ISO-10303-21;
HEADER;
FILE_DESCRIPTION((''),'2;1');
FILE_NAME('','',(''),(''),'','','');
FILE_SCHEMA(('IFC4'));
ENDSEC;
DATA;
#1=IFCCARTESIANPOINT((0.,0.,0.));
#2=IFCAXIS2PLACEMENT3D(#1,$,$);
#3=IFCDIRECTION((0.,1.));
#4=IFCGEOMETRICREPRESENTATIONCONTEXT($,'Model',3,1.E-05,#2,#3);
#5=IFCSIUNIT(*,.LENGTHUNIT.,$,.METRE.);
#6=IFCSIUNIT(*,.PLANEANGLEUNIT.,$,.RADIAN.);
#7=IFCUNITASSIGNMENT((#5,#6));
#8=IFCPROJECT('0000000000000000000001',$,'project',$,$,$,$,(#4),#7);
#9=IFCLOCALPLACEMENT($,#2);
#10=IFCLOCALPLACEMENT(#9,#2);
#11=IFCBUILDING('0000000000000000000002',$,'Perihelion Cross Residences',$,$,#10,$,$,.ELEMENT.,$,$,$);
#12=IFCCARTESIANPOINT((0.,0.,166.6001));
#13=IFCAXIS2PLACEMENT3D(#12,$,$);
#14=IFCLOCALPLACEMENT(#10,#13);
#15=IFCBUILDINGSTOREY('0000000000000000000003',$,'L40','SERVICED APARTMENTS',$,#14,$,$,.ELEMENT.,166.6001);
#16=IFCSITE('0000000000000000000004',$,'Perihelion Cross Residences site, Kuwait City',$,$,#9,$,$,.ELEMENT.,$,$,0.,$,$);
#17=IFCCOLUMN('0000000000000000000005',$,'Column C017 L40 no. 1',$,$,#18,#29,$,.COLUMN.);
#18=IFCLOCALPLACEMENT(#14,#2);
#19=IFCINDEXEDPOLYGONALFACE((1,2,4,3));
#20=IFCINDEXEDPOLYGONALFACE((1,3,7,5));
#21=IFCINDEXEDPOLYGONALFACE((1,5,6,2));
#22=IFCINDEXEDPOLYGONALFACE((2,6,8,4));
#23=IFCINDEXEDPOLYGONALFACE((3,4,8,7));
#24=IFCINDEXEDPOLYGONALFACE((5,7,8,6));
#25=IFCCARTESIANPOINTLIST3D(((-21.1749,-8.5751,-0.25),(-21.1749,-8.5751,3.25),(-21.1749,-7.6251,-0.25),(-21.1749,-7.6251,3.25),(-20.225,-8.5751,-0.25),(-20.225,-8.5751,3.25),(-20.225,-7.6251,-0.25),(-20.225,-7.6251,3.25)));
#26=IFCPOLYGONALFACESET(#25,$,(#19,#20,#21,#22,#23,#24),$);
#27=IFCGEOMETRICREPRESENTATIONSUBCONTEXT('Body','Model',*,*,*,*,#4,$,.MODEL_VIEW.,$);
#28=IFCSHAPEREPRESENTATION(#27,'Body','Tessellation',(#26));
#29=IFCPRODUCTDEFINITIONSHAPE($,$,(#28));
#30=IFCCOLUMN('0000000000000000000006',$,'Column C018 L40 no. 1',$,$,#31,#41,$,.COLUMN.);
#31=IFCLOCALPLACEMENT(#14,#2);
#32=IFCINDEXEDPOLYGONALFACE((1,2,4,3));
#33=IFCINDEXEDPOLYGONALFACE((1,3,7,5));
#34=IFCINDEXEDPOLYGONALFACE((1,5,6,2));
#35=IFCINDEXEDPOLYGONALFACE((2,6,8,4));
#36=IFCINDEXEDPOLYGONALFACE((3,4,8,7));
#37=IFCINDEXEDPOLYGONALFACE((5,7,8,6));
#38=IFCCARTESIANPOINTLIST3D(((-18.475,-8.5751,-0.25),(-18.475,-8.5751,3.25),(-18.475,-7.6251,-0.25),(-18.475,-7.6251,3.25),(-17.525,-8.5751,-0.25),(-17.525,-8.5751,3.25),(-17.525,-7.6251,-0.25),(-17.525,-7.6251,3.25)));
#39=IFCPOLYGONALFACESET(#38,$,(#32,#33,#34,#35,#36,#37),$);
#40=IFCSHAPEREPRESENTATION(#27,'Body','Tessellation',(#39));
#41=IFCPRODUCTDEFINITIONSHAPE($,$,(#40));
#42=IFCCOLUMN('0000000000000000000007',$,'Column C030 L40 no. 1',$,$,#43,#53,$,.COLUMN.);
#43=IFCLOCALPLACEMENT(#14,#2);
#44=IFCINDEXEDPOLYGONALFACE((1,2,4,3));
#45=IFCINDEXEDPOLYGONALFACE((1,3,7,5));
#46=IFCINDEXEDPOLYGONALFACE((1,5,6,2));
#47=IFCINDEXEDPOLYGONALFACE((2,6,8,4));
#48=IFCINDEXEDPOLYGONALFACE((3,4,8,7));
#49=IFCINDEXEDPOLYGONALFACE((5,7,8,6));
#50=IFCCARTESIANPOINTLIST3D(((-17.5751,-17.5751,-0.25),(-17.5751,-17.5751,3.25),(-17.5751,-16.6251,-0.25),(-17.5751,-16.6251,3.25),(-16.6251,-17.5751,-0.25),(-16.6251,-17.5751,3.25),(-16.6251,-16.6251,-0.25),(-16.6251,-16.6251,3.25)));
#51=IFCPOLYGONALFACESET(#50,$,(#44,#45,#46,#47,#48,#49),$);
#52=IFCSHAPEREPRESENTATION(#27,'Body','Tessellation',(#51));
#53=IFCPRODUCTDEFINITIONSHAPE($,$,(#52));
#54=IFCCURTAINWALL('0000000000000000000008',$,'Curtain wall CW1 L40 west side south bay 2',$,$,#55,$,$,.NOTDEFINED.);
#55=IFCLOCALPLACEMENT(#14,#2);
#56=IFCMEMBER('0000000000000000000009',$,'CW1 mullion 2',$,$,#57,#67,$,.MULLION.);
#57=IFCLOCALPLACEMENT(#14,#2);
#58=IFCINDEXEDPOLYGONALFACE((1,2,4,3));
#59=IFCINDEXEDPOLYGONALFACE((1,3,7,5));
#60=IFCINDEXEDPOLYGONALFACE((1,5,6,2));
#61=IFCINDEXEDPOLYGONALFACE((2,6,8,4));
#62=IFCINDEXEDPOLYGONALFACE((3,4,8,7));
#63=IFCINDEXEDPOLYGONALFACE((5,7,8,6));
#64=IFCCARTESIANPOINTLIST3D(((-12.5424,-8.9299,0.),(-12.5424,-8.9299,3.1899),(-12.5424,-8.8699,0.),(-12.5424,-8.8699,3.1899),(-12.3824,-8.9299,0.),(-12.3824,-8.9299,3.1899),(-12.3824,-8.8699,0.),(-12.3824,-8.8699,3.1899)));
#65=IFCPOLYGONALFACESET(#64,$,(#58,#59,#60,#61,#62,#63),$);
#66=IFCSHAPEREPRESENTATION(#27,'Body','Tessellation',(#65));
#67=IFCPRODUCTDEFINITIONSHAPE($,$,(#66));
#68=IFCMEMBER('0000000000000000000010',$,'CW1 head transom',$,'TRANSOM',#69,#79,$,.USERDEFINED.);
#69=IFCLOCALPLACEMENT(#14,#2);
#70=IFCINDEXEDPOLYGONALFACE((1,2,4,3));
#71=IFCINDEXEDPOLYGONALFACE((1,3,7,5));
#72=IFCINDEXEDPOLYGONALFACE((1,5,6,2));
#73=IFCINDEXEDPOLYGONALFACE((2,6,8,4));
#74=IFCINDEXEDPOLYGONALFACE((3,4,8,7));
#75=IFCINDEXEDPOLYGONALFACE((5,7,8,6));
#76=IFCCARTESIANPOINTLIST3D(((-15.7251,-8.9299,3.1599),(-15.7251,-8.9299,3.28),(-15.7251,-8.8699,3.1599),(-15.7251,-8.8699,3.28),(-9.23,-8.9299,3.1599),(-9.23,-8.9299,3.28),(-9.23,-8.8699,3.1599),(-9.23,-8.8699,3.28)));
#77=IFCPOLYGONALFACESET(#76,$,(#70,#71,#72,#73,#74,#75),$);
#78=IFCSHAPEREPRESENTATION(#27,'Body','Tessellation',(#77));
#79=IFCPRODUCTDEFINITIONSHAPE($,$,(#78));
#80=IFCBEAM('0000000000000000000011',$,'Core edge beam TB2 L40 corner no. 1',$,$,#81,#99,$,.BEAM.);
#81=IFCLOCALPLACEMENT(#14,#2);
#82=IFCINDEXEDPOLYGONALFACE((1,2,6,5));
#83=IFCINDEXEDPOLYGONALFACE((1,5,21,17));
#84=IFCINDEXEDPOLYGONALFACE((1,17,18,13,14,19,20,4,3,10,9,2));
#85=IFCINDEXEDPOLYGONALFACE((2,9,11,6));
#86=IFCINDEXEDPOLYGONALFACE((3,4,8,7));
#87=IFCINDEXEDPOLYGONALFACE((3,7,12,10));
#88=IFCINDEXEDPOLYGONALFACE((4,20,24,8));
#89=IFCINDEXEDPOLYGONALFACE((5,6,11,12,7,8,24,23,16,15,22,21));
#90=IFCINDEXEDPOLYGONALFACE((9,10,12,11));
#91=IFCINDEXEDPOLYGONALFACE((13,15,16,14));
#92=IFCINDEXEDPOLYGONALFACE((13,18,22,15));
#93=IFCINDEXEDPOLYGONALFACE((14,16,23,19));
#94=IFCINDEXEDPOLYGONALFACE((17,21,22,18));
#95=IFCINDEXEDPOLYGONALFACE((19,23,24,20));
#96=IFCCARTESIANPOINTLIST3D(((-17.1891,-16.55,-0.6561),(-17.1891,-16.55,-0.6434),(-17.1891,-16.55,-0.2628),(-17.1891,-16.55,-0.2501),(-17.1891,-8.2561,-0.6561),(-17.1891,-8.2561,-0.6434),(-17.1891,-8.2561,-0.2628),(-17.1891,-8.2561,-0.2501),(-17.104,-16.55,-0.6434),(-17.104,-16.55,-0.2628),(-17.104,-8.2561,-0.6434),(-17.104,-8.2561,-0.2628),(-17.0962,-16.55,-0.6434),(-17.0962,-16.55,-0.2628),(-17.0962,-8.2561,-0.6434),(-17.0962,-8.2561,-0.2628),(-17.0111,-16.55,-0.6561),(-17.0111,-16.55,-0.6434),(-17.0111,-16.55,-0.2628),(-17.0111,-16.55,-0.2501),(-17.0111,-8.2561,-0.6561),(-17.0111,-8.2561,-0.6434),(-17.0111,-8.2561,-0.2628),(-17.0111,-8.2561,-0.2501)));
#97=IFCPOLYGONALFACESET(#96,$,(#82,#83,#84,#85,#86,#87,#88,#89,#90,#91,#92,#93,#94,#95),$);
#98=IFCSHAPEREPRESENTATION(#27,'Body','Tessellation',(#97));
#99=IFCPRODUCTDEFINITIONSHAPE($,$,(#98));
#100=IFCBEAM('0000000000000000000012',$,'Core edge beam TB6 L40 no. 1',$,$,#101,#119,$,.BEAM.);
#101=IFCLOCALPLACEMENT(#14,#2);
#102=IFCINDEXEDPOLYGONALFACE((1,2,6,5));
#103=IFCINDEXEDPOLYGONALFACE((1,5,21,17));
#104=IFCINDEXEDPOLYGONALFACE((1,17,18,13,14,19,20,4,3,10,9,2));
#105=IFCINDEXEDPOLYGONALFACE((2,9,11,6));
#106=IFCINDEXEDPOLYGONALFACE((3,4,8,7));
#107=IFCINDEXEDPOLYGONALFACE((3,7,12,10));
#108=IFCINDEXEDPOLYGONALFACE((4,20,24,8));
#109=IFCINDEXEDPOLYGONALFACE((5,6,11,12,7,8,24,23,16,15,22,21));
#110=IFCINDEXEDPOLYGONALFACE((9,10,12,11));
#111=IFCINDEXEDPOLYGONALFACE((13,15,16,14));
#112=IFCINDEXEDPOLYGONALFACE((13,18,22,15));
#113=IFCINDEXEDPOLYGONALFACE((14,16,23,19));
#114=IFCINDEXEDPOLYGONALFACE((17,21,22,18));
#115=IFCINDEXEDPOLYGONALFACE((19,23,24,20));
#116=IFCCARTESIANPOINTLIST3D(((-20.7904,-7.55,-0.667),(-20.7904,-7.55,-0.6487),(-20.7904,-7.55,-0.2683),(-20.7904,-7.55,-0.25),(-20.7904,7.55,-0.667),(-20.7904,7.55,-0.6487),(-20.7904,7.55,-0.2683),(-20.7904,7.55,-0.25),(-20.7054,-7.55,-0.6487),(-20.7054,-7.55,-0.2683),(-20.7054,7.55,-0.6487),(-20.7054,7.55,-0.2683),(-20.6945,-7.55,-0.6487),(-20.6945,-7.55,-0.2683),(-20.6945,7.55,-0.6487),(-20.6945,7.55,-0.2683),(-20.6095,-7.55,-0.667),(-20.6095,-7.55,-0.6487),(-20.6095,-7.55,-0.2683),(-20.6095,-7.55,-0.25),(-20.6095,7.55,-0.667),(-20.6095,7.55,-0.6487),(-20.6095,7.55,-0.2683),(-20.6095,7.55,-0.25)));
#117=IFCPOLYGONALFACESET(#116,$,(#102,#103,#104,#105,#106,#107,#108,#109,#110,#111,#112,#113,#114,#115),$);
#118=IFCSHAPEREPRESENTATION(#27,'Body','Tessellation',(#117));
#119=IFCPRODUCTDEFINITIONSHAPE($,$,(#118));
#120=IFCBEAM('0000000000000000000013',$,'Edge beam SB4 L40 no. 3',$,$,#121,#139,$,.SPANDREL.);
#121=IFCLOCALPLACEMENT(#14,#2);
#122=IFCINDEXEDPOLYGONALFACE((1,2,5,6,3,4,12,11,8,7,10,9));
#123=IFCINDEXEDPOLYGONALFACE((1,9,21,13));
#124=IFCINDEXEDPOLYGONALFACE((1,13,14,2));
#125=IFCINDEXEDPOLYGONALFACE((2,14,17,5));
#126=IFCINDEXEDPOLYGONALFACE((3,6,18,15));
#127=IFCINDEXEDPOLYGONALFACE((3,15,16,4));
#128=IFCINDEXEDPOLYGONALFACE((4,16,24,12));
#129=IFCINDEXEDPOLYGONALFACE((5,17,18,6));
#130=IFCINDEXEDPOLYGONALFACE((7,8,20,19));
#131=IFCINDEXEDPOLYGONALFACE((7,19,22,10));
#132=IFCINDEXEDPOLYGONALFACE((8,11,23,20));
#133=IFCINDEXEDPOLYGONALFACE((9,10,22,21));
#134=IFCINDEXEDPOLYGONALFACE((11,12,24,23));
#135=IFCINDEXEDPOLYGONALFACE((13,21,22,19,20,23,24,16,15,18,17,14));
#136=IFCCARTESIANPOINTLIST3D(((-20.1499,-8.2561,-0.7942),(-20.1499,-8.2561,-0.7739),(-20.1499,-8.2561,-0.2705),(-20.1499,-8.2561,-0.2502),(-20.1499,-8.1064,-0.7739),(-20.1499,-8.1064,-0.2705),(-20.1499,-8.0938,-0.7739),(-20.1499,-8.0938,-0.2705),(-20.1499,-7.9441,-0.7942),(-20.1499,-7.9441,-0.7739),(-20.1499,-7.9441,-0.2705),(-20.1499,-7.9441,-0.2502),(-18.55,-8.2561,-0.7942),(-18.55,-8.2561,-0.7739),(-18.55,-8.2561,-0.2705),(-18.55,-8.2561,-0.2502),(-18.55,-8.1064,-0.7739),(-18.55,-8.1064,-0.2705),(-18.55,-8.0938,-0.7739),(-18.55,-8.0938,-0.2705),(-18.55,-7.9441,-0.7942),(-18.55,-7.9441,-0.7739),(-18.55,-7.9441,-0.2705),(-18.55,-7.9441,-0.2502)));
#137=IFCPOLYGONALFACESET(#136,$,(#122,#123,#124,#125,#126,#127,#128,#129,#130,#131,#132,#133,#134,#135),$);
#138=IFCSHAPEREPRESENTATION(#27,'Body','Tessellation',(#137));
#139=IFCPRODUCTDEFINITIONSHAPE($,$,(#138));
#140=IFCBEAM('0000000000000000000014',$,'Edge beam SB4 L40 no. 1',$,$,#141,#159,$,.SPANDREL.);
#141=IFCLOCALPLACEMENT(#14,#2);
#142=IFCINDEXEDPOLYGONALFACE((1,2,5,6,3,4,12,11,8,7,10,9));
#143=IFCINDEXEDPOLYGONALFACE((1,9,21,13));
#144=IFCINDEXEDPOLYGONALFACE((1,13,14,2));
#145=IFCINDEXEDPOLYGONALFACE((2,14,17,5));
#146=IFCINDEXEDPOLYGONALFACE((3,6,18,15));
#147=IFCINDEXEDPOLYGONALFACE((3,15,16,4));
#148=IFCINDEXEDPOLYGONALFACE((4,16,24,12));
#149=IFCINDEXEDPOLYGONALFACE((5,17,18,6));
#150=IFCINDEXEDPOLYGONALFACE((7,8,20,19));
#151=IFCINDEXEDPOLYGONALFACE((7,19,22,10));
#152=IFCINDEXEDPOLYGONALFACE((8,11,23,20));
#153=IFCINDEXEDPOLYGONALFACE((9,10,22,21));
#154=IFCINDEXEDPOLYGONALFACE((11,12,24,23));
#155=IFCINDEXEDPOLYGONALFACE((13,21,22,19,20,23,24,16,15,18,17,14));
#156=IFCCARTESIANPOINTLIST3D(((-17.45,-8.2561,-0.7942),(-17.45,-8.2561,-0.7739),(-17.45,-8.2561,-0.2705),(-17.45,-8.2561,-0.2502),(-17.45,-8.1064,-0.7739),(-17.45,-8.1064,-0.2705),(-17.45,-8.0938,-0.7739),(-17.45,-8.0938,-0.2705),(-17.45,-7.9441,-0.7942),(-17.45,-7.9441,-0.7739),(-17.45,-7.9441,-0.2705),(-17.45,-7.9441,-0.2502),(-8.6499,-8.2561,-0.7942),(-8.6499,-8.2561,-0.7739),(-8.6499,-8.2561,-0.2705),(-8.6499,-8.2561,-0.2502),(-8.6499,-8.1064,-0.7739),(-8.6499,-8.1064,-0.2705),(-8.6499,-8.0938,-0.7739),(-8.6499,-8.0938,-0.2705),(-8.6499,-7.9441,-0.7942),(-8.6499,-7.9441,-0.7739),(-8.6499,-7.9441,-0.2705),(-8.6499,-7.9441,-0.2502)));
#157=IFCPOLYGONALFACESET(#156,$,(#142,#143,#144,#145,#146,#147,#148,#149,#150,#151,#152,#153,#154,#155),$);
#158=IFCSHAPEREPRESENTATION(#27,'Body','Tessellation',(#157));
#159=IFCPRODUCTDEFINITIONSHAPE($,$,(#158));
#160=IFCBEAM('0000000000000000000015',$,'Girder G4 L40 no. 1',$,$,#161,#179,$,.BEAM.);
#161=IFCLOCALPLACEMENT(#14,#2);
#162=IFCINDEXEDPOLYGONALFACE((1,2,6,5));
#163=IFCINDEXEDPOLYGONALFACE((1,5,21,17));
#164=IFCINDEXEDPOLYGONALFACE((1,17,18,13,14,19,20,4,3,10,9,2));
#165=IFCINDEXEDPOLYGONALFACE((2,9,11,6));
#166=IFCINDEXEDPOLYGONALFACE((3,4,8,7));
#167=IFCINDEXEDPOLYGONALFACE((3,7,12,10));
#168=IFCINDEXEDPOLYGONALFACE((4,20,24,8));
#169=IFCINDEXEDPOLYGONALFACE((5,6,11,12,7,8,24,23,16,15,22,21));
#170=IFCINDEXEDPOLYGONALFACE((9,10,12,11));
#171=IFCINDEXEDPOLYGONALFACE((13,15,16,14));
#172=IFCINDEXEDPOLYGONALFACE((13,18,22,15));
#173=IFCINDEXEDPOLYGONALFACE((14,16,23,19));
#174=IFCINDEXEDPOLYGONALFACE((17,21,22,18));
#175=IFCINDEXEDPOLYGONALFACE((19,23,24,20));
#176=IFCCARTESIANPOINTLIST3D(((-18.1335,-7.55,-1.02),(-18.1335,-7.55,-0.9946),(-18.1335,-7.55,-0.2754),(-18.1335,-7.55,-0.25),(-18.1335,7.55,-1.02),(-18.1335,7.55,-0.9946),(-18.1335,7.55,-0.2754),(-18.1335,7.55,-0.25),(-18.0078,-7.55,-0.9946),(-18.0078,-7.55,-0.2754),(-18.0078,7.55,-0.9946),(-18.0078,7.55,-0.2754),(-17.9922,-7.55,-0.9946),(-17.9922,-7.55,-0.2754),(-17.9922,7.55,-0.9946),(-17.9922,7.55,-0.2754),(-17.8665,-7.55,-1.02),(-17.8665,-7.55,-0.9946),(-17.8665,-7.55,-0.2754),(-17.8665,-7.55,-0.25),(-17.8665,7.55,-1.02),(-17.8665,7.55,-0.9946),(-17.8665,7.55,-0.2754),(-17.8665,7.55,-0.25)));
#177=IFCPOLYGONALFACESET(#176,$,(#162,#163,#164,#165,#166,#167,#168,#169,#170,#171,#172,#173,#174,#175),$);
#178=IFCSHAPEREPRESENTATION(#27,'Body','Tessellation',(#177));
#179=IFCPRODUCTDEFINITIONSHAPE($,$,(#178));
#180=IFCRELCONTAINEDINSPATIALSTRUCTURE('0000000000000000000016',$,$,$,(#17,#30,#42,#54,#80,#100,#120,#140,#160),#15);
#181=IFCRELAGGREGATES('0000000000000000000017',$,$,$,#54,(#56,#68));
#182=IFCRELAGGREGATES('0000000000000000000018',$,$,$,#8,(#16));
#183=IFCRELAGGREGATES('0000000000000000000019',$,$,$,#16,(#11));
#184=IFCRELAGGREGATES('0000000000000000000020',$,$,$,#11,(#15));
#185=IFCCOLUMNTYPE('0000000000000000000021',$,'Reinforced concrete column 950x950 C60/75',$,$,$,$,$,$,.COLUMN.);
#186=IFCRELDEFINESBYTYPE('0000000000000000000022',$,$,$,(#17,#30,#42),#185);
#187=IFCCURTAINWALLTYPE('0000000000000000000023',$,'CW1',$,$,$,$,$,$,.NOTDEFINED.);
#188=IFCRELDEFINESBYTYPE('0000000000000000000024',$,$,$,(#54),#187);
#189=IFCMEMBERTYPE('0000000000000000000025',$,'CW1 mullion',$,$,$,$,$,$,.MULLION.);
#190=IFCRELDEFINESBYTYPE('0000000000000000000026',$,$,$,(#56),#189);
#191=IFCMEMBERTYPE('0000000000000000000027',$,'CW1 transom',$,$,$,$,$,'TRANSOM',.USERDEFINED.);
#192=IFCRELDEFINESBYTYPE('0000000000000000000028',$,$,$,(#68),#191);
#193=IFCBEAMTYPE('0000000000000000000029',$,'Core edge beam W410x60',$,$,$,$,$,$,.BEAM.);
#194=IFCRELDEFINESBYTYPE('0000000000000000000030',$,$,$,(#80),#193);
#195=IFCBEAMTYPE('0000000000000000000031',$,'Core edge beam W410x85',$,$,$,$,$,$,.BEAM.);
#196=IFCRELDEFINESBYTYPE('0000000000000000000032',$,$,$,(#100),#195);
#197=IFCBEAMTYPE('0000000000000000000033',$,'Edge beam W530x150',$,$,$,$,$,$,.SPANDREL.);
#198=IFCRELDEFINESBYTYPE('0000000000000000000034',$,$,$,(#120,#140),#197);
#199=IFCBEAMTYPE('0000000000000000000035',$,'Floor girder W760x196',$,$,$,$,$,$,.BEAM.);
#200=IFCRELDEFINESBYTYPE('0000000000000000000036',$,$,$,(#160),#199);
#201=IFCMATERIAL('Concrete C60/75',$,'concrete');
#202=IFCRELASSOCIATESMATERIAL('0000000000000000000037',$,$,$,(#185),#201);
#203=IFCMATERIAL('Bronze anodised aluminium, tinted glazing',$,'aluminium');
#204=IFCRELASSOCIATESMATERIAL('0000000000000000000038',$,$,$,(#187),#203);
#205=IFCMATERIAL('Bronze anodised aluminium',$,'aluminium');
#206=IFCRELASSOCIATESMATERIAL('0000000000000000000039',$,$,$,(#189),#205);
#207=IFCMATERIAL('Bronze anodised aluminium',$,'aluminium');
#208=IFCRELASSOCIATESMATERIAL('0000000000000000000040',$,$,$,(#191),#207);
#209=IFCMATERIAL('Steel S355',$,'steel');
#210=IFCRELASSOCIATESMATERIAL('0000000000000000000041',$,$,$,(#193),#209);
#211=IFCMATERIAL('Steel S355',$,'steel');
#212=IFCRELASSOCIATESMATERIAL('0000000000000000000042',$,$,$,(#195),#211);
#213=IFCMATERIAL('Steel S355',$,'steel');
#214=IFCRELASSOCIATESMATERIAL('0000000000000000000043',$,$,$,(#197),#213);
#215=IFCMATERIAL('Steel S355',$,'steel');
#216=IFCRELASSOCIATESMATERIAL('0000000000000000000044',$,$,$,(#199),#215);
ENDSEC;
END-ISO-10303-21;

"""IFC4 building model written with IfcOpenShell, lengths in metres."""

from ifc_helpers import new_model, si_unit, direction, frame, origin, origin_2d, place, context, subcontext, project, spatial, rectangle, i_section, extrude, material, material_profile, profile_set, type_object, element, aggregate, save


model = new_model("IFC4")

# Units and contexts
model_context = context("Model", 3, precision=1e-05, world=origin(), true_north=direction((0.0, 1.0)))
body_context = subcontext(model_context, "Body", "Model", "MODEL_VIEW")
ifc_project = project(units=[si_unit("LENGTHUNIT", "METRE"), si_unit("PLANEANGLEUNIT", "RADIAN")], contexts=[model_context])

# Site, building, storey
site_placement = place(None, origin())
site = spatial("IfcSite", under=ifc_project, at=site_placement, Name="Perihelion Cross Residences site, Kuwait City", CompositionType="ELEMENT", RefElevation=0.0)
building_placement = place(site_placement, origin())
building = spatial("IfcBuilding", under=site, at=building_placement, Name="Perihelion Cross Residences", CompositionType="ELEMENT")
storey_placement = place(building_placement, frame((0.0, 0.0, 166.6001)))
storey = spatial("IfcBuildingStorey", under=building, at=storey_placement, Name="L40", Description="SERVICED APARTMENTS", CompositionType="ELEMENT", Elevation=166.6001)

# Columns
ifc_material_1 = material(Name="Concrete C60/75", Category="concrete")
ifc_material_profile_1 = material_profile(ifc_material_1, rectangle(XDim=0.95, YDim=0.95, at=origin_2d()), Name="RC 950x950")
ifc_profile_set_1 = profile_set([ifc_material_profile_1], Name="Concrete C60/75")
column_type = type_object("IfcColumnType", Name="Reinforced concrete column 950x950 C60/75", PredefinedType="COLUMN", material=ifc_profile_set_1)
for number, where, z_axis, x_axis, name in (
    (1, (-20.7, -8.1001, -0.25), (0.0, 0.0, 1.0), (1.0, 0.0, 0.0), "Column C017 L40 no. 1"),
    (2, (-18.0, -8.1001, -0.25), (0.0, 0.0, 1.0), (1.0, 0.0, 0.0), "Column C018 L40 no. 1"),
    (3, (-17.1001, -17.1001, -0.25), (0.0, 0.0, 1.0), (1.0, 0.0, 0.0), "Column C030 L40 no. 1"),
):
    element("IfcColumn", number, at=place(storey_placement, frame(where, z_axis=z_axis, x_axis=x_axis)), inside=storey, type_object=column_type, Name=name, PredefinedType="COLUMN", context=body_context, shape_type="SweptSolid", body=[
        extrude(rectangle(XDim=0.95, YDim=0.95, at=origin_2d()), origin(), (0.0, 0.0, 1.0), 3.5),
    ])

# Curtain wall, members
ifc_material_2 = material(Name="Bronze anodised aluminium, tinted glazing", Category="aluminium")
curtain_wall_type = type_object("IfcCurtainWallType", Name="CW1", PredefinedType="NOTDEFINED", material=ifc_material_2)
curtain_wall_placement = place(storey_placement, origin())
curtain_wall = element("IfcCurtainWall", 4, at=curtain_wall_placement, inside=storey, type_object=curtain_wall_type, Name="Curtain wall CW1 L40 west side south bay 2", PredefinedType="NOTDEFINED")
ifc_material_3 = material(Name="Bronze anodised aluminium", Category="aluminium")
ifc_material_profile_2 = material_profile(ifc_material_3, rectangle(XDim=0.0601, YDim=0.1599, at=origin_2d()), Name="CW1 mullion")
ifc_profile_set_2 = profile_set([ifc_material_profile_2], Name="Bronze anodised aluminium")
member_type_1 = type_object("IfcMemberType", Name="CW1 mullion", PredefinedType="MULLION", material=ifc_profile_set_2)
member_1_placement = place(storey_placement, frame((-12.4624, -8.8999, 0.0), z_axis=(0.0, 0.0, 1.0), x_axis=(0.0, 1.0, 0.0)))
member_1 = element("IfcMember", 5, at=member_1_placement, type_object=member_type_1, Name="CW1 mullion 2", PredefinedType="MULLION", context=body_context, shape_type="SweptSolid", body=[
    extrude(rectangle(XDim=0.0601, YDim=0.1599, at=origin_2d()), origin(), (0.0, 0.0, 1.0), 3.1899),
])
ifc_material_4 = material(Name="Bronze anodised aluminium", Category="aluminium")
ifc_material_profile_3 = material_profile(ifc_material_4, rectangle(XDim=0.0601, YDim=0.1201, at=origin_2d()), Name="CW1 transom")
ifc_profile_set_3 = profile_set([ifc_material_profile_3], Name="Bronze anodised aluminium")
member_type_2 = type_object("IfcMemberType", Name="CW1 transom", ElementType="TRANSOM", PredefinedType="USERDEFINED", material=ifc_profile_set_3)
member_2_placement = place(storey_placement, frame((-15.7251, -8.8999, 3.22), z_axis=(1.0, 0.0, 0.0), x_axis=(0.0, 1.0, 0.0)))
member_2 = element("IfcMember", 6, at=member_2_placement, type_object=member_type_2, Name="CW1 head transom", ObjectType="TRANSOM", PredefinedType="USERDEFINED", context=body_context, shape_type="SweptSolid", body=[
    extrude(rectangle(XDim=0.0601, YDim=0.1201, at=origin_2d()), origin(), (0.0, 0.0, 1.0), 6.4951),
])

# Beams
ifc_material_5 = material(Name="Steel S355", Category="steel")
ifc_material_profile_4 = material_profile(ifc_material_5, i_section(OverallWidth=0.178, OverallDepth=0.406, WebThickness=0.0078, FlangeThickness=0.0127, at=origin_2d()), Name="W410x60")
ifc_profile_set_4 = profile_set([ifc_material_profile_4], Name="Steel S355")
beam_type_1 = type_object("IfcBeamType", Name="Core edge beam W410x60", PredefinedType="BEAM", material=ifc_profile_set_4)
beam_1_placement = place(storey_placement, frame((-17.1001, -8.2561, -0.4531), z_axis=(0.0, -1.0, 0.0), x_axis=(1.0, 0.0, 0.0)))
element("IfcBeam", 7, at=beam_1_placement, inside=storey, type_object=beam_type_1, Name="Core edge beam TB2 L40 corner no. 1", PredefinedType="BEAM", context=body_context, shape_type="SweptSolid", body=[
    extrude(i_section(OverallWidth=0.178, OverallDepth=0.406, WebThickness=0.0078, FlangeThickness=0.0127, at=origin_2d()), origin(), (0.0, 0.0, 1.0), 8.2939),
])
ifc_material_6 = material(Name="Steel S355", Category="steel")
ifc_material_profile_5 = material_profile(ifc_material_6, i_section(OverallWidth=0.1809, OverallDepth=0.417, WebThickness=0.011, FlangeThickness=0.0183, at=origin_2d()), Name="W410x85")
ifc_profile_set_5 = profile_set([ifc_material_profile_5], Name="Steel S355")
beam_type_2 = type_object("IfcBeamType", Name="Core edge beam W410x85", PredefinedType="BEAM", material=ifc_profile_set_5)
beam_2_placement = place(storey_placement, frame((-20.7, -7.55, -0.4585), z_axis=(0.0, 1.0, 0.0), x_axis=(-1.0, 0.0, 0.0)))
element("IfcBeam", 8, at=beam_2_placement, inside=storey, type_object=beam_type_2, Name="Core edge beam TB6 L40 no. 1", PredefinedType="BEAM", context=body_context, shape_type="SweptSolid", body=[
    extrude(i_section(OverallWidth=0.1809, OverallDepth=0.417, WebThickness=0.011, FlangeThickness=0.0183, at=origin_2d()), origin(), (0.0, 0.0, 1.0), 15.1001),
])
ifc_material_7 = material(Name="Steel S355", Category="steel")
ifc_material_profile_6 = material_profile(ifc_material_7, i_section(OverallWidth=0.312, OverallDepth=0.5439, WebThickness=0.0127, FlangeThickness=0.0203, at=origin_2d()), Name="W530x150")
ifc_profile_set_6 = profile_set([ifc_material_profile_6], Name="Steel S355")
beam_type_3 = type_object("IfcBeamType", Name="Edge beam W530x150", PredefinedType="SPANDREL", material=ifc_profile_set_6)
beam_3_placement = place(storey_placement, frame((-20.1499, -8.1001, -0.5222), z_axis=(1.0, 0.0, 0.0), x_axis=(0.0, 1.0, 0.0)))
element("IfcBeam", 9, at=beam_3_placement, inside=storey, type_object=beam_type_3, Name="Edge beam SB4 L40 no. 3", PredefinedType="SPANDREL", context=body_context, shape_type="SweptSolid", body=[
    extrude(i_section(OverallWidth=0.312, OverallDepth=0.5439, WebThickness=0.0127, FlangeThickness=0.0203, at=origin_2d()), origin(), (0.0, 0.0, 1.0), 1.5999),
])
beam_4_placement = place(storey_placement, frame((-17.45, -8.1001, -0.5222), z_axis=(1.0, 0.0, 0.0), x_axis=(0.0, 1.0, 0.0)))
element("IfcBeam", 10, at=beam_4_placement, inside=storey, type_object=beam_type_3, Name="Edge beam SB4 L40 no. 1", PredefinedType="SPANDREL", context=body_context, shape_type="SweptSolid", body=[
    extrude(i_section(OverallWidth=0.312, OverallDepth=0.5439, WebThickness=0.0127, FlangeThickness=0.0203, at=origin_2d()), origin(), (0.0, 0.0, 1.0), 8.8),
])
ifc_material_8 = material(Name="Steel S355", Category="steel")
ifc_material_profile_7 = material_profile(ifc_material_8, i_section(OverallWidth=0.2671, OverallDepth=0.77, WebThickness=0.0156, FlangeThickness=0.0254, at=origin_2d()), Name="W760x196")
ifc_profile_set_7 = profile_set([ifc_material_profile_7], Name="Steel S355")
beam_type_4 = type_object("IfcBeamType", Name="Floor girder W760x196", PredefinedType="BEAM", material=ifc_profile_set_7)
beam_5_placement = place(storey_placement, frame((-18.0, -7.55, -0.635), z_axis=(0.0, 1.0, 0.0), x_axis=(-1.0, 0.0, 0.0)))
element("IfcBeam", 11, at=beam_5_placement, inside=storey, type_object=beam_type_4, Name="Girder G4 L40 no. 1", PredefinedType="BEAM", context=body_context, shape_type="SweptSolid", body=[
    extrude(i_section(OverallWidth=0.2671, OverallDepth=0.77, WebThickness=0.0156, FlangeThickness=0.0254, at=origin_2d()), origin(), (0.0, 0.0, 1.0), 15.1001),
])

aggregate(curtain_wall, [member_1, member_2])

save(model, "model.ifc")
